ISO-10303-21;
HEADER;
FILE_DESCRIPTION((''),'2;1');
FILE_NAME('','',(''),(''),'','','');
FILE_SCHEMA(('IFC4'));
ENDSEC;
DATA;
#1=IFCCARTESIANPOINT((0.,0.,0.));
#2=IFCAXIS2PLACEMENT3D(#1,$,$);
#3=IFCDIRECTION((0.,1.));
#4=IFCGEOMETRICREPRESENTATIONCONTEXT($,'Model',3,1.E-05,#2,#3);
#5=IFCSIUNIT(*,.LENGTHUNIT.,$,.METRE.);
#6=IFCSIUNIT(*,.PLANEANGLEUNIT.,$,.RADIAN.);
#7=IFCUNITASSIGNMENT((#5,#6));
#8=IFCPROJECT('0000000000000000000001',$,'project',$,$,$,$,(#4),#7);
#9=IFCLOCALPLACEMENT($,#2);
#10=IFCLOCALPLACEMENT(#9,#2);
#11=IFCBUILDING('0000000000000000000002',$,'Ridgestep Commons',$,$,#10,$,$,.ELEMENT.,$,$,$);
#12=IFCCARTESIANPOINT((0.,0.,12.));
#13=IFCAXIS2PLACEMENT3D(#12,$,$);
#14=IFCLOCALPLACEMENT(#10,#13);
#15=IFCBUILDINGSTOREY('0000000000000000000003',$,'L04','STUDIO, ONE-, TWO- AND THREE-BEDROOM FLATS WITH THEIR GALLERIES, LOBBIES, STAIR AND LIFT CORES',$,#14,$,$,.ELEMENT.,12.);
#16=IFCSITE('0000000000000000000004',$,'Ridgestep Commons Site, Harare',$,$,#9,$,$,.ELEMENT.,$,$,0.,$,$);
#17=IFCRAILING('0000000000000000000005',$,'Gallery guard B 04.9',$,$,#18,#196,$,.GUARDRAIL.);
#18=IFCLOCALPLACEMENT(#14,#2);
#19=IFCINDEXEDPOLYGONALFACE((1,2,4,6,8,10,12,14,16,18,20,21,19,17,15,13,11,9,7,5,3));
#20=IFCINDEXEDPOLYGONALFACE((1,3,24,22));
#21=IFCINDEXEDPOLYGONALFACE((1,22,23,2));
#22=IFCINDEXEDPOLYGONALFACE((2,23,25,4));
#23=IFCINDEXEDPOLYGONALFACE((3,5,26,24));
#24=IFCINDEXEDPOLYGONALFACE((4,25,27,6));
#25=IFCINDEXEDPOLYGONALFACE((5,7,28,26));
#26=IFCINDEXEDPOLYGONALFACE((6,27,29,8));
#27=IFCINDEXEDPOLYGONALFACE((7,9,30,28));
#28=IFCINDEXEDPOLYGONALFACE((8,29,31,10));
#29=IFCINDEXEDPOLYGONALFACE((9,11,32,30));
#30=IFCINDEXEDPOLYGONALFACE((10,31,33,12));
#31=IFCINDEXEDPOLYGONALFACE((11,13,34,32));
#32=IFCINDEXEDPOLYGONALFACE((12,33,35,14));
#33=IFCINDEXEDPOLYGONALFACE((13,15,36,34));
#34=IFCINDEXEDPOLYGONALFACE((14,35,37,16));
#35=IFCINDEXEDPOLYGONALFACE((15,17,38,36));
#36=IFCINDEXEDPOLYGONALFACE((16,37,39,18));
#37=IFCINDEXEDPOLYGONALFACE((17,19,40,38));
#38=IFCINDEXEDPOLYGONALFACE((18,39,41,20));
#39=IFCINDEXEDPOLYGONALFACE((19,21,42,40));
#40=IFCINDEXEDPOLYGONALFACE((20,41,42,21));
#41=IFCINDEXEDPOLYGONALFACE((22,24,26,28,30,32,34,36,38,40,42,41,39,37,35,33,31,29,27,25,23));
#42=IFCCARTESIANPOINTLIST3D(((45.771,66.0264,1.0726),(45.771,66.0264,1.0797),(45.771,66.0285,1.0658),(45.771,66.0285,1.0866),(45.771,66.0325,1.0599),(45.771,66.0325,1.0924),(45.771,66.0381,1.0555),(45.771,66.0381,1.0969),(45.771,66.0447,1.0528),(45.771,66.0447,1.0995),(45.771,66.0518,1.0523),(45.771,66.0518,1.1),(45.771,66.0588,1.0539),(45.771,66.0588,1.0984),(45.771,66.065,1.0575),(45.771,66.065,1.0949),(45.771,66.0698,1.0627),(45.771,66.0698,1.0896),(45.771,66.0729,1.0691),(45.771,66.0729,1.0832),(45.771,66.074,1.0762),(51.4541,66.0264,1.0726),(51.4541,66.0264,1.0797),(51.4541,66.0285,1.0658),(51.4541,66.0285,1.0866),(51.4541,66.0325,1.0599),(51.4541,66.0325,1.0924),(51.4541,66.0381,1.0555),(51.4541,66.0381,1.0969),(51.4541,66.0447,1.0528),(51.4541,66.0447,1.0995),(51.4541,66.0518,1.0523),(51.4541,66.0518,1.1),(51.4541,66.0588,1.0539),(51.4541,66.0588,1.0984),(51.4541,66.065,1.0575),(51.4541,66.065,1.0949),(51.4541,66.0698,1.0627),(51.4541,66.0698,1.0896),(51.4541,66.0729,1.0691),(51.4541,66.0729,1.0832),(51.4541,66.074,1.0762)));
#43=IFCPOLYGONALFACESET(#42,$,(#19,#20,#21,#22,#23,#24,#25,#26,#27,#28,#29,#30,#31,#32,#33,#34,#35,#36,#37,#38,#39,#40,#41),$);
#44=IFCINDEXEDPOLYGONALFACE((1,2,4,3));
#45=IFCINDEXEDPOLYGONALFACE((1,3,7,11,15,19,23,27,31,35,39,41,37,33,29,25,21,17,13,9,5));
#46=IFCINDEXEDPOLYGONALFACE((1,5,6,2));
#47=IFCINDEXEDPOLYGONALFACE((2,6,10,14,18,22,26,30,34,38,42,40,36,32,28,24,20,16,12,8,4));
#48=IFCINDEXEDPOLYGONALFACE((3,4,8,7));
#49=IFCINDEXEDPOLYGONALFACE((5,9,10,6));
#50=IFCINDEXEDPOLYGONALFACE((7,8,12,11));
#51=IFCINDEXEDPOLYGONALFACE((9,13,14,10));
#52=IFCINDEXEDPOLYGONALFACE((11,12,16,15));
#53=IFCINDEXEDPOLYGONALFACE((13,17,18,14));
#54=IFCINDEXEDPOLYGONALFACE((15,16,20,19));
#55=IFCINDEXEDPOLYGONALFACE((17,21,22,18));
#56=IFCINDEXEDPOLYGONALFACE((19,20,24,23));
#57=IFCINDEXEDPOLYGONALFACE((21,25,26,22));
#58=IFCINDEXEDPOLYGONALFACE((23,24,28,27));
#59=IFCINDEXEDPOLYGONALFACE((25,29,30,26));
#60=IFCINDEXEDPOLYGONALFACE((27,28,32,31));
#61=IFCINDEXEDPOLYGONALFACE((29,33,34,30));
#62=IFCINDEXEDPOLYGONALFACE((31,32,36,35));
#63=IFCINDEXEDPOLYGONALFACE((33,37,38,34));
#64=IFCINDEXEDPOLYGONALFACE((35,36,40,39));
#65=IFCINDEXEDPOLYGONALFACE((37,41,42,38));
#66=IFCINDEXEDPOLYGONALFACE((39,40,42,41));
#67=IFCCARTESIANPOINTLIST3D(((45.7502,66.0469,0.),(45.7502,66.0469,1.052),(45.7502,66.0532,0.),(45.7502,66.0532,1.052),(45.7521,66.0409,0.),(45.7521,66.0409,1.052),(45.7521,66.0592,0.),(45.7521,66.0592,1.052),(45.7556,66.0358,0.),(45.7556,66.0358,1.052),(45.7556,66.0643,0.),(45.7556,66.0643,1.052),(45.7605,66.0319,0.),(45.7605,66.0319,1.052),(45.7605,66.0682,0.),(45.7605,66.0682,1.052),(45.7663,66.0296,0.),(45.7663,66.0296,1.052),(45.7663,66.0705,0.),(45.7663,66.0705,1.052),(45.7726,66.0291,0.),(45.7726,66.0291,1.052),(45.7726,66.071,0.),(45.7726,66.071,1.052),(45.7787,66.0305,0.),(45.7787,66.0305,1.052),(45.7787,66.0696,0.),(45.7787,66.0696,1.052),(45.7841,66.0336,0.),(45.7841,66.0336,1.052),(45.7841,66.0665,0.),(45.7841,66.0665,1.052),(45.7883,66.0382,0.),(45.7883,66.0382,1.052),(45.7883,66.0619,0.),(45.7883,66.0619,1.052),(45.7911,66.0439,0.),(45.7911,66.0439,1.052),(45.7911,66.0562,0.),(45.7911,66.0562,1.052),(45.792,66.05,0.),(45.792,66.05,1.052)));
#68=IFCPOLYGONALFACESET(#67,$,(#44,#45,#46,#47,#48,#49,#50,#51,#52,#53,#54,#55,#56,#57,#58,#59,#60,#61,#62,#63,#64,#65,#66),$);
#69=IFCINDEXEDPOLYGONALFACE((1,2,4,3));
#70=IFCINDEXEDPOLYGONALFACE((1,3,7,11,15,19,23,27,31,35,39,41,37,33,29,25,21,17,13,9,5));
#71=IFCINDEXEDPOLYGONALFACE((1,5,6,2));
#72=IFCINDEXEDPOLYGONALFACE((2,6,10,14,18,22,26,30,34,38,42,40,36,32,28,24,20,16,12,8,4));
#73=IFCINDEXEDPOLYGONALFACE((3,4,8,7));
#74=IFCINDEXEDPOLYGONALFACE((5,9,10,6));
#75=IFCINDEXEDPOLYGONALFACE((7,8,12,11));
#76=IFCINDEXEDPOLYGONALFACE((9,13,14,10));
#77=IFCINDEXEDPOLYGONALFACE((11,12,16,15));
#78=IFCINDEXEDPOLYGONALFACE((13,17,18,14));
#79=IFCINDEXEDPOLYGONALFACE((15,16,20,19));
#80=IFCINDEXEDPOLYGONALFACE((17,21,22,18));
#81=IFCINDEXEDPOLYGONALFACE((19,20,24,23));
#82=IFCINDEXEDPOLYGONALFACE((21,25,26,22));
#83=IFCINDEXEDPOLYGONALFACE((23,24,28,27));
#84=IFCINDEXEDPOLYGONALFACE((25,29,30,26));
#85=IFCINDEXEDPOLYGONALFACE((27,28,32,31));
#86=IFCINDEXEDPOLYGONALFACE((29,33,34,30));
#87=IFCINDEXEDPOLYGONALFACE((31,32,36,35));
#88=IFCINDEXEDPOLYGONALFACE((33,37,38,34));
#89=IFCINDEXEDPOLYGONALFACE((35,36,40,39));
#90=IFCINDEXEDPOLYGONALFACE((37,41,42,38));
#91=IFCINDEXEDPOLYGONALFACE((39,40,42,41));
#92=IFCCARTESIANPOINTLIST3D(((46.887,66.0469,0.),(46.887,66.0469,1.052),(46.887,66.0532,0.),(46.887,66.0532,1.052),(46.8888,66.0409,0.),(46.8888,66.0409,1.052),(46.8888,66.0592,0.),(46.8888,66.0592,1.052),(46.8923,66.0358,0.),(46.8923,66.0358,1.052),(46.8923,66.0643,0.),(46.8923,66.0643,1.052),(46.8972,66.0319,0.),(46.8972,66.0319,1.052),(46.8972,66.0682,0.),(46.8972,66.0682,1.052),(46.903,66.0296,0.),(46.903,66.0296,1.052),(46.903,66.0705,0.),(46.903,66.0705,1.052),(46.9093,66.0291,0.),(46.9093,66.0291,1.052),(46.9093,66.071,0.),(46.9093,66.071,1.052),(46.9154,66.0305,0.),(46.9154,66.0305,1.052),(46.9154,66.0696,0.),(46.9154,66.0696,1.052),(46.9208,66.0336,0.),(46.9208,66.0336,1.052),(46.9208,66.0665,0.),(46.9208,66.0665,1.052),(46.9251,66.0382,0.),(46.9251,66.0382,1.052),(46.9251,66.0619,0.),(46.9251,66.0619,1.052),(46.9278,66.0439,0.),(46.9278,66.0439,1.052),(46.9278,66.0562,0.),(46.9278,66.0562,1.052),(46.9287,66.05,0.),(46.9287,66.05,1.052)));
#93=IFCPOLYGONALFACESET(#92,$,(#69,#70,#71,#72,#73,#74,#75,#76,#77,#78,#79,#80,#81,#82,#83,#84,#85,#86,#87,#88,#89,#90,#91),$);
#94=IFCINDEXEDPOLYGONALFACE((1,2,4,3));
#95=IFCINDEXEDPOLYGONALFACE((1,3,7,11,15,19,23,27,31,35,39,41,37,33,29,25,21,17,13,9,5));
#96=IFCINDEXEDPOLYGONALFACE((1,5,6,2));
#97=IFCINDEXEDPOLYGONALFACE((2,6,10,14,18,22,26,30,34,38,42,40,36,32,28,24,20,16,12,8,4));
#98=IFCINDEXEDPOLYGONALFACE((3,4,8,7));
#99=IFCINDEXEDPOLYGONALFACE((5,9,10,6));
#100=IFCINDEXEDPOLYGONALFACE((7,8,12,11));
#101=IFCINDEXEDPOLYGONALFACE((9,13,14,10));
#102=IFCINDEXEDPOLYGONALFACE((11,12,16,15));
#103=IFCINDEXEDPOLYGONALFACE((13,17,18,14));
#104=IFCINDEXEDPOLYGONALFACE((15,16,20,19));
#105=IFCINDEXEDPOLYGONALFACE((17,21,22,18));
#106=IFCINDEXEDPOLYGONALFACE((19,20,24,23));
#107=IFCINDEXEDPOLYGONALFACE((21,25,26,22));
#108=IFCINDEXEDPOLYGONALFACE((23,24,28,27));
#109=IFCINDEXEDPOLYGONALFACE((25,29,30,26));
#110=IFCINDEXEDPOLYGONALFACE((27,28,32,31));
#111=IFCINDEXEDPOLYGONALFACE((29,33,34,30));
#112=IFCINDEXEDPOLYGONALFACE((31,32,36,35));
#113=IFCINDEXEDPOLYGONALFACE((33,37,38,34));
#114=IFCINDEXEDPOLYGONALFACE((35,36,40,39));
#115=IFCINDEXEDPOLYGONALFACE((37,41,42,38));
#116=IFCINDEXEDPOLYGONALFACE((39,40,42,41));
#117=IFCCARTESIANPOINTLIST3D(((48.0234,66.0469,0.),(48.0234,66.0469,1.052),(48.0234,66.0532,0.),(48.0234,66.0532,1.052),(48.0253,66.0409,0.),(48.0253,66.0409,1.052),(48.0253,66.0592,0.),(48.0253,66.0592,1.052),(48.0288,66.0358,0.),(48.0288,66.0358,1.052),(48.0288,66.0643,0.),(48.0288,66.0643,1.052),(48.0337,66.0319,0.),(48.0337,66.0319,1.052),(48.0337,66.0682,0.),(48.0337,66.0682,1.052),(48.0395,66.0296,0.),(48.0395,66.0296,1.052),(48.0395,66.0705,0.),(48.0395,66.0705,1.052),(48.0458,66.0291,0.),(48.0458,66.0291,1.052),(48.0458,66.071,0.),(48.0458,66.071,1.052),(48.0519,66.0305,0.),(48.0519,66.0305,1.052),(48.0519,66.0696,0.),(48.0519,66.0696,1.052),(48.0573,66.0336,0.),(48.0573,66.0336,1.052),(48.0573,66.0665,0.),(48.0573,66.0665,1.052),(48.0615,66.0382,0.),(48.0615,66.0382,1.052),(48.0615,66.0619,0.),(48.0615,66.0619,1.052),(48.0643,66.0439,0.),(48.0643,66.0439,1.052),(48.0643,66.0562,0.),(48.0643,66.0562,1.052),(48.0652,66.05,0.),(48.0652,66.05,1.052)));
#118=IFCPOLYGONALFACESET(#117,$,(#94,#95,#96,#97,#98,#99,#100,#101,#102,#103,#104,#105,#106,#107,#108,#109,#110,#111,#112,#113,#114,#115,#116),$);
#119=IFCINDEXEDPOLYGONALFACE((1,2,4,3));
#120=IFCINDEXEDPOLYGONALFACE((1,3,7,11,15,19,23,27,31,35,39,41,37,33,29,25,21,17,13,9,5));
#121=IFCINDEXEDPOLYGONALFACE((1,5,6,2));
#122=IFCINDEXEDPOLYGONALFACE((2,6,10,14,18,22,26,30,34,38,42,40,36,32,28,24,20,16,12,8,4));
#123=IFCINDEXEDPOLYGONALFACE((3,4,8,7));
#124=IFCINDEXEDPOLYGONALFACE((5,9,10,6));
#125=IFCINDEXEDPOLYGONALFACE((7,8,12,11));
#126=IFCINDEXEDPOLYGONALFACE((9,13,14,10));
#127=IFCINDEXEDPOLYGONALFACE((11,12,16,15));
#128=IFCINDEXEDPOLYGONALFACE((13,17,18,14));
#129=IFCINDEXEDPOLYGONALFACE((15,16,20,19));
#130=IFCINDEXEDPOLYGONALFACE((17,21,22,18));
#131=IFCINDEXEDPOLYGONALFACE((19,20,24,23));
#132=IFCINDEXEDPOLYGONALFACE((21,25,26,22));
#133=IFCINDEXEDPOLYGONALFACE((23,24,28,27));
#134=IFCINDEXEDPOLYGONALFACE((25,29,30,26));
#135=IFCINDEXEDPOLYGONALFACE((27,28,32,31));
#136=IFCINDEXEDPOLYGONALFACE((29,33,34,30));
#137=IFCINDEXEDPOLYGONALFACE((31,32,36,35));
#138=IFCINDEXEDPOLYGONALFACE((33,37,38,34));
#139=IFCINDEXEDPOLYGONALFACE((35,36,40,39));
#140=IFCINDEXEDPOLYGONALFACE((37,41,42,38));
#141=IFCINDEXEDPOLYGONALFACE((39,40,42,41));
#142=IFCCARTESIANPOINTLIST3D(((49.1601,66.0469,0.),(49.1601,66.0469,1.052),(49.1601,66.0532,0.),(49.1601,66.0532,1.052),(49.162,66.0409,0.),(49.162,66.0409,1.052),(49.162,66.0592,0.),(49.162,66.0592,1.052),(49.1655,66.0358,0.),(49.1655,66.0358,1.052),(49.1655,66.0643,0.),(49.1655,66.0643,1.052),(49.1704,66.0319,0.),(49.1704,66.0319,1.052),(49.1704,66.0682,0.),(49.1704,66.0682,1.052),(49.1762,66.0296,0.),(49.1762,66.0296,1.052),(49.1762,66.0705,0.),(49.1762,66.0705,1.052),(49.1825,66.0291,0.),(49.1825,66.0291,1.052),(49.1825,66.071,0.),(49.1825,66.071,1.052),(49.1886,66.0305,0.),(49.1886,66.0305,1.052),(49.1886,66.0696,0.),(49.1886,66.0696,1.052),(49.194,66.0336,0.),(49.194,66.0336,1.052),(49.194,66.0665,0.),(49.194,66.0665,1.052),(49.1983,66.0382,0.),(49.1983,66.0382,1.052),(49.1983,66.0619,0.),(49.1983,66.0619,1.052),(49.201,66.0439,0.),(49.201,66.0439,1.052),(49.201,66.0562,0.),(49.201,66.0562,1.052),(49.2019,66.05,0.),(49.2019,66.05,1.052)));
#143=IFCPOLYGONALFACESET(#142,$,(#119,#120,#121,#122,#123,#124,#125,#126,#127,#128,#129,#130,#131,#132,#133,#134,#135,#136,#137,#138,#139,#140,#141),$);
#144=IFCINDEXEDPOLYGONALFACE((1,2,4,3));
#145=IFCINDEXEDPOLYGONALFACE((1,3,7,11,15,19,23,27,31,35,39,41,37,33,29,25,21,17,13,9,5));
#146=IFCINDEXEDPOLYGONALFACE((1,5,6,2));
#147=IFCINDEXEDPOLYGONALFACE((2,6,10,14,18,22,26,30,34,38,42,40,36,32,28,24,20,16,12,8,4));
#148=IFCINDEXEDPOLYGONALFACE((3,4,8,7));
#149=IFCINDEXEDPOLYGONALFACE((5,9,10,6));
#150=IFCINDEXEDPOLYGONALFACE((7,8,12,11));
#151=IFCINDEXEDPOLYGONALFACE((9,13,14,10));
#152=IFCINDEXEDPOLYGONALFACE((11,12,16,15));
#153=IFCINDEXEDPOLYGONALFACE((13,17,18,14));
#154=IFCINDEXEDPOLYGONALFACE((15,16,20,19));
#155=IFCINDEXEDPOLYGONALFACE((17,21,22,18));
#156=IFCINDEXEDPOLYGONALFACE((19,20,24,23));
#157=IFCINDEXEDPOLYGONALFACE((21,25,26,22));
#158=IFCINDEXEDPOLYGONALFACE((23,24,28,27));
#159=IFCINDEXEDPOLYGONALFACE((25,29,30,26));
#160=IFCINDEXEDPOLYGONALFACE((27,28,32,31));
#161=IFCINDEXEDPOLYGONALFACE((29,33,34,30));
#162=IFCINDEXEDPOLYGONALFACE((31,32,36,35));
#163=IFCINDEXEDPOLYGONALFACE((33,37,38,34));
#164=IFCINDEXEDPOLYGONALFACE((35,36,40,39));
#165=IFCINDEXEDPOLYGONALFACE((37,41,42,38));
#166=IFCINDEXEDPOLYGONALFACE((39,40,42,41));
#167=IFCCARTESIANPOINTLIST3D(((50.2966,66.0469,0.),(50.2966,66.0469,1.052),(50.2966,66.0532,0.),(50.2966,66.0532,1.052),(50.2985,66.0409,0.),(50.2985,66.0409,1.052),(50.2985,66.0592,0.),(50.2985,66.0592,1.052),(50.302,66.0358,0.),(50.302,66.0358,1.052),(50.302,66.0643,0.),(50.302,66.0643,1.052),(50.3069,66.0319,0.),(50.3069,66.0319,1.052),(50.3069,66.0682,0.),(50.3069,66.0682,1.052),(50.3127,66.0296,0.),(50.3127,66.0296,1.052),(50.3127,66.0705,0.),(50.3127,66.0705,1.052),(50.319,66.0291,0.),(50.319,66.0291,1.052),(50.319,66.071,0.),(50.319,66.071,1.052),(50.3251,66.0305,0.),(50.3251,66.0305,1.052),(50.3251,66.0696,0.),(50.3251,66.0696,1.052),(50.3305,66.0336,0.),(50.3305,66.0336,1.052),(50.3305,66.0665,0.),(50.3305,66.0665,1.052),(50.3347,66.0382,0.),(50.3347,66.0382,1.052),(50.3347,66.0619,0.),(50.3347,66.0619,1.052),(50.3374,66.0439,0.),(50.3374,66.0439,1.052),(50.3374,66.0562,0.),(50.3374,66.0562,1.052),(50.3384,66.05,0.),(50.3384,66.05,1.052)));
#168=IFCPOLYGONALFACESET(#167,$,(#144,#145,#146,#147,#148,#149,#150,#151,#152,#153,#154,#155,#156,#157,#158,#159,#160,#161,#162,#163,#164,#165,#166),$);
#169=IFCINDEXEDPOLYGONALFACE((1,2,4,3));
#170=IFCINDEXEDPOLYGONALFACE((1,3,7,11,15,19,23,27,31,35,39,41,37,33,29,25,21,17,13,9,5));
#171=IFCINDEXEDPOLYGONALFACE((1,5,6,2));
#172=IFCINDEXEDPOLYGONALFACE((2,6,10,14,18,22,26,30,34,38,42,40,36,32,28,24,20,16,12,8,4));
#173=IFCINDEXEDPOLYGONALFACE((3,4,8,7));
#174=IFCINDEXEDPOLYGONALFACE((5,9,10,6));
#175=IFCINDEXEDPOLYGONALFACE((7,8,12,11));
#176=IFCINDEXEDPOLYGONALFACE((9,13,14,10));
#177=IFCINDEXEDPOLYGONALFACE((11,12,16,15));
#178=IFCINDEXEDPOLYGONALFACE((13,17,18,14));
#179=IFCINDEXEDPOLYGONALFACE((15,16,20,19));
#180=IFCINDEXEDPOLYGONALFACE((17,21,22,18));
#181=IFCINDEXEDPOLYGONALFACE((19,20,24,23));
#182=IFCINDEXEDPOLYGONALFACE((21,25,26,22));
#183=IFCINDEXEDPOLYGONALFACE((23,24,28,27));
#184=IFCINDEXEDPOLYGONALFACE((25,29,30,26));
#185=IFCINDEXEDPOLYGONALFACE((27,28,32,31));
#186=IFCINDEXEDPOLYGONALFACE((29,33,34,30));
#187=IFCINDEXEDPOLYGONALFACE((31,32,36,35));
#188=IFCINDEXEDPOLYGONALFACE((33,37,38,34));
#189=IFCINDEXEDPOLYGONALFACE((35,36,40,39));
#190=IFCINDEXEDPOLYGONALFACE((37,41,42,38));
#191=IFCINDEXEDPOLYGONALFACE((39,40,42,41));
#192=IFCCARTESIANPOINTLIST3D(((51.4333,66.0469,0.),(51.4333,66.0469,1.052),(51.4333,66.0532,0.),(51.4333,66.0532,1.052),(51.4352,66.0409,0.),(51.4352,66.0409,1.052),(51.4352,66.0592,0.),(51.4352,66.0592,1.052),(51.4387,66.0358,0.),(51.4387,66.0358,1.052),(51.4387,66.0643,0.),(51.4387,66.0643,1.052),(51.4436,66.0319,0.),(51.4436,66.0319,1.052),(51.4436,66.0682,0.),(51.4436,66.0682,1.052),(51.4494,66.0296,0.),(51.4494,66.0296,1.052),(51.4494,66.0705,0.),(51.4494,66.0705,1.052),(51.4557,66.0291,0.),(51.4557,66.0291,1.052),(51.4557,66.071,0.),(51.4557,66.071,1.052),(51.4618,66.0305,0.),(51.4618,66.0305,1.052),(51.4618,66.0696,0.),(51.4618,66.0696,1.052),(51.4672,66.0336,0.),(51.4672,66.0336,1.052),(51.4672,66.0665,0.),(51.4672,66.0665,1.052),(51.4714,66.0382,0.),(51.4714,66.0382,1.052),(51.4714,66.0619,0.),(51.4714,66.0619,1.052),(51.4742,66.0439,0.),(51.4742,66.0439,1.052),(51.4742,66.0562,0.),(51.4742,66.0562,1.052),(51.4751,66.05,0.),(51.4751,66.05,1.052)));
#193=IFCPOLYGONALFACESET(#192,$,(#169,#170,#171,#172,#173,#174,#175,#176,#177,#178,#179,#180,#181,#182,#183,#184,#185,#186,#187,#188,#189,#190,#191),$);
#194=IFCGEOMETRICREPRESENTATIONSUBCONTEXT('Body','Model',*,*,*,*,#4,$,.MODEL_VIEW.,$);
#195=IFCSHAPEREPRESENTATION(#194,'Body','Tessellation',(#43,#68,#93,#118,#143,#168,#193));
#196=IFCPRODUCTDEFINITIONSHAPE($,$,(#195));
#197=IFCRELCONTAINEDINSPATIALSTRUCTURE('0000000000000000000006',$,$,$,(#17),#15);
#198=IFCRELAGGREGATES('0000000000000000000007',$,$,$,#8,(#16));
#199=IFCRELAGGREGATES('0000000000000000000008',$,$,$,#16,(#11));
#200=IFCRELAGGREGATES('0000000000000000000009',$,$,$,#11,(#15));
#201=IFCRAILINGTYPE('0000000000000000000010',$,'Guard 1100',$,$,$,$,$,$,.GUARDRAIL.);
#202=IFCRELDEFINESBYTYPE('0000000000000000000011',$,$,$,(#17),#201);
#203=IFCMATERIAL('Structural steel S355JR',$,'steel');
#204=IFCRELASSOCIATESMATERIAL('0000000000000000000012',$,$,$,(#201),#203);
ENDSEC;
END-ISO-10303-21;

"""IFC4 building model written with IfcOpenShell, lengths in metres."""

from ifc_helpers import new_model, si_unit, direction, frame, origin, origin_2d, place, context, subcontext, project, spatial, circle, extrude, material, type_object, element, save


model = new_model("IFC4")

# Units and contexts
model_context = context("Model", 3, precision=1e-05, world=origin(), true_north=direction((0.0, 1.0)))
body_context = subcontext(model_context, "Body", "Model", "MODEL_VIEW")
ifc_project = project(units=[si_unit("LENGTHUNIT", "METRE"), si_unit("PLANEANGLEUNIT", "RADIAN")], contexts=[model_context])

# Site, building, storey
site_placement = place(None, origin())
site = spatial("IfcSite", under=ifc_project, at=site_placement, Name="Ridgestep Commons Site, Harare", CompositionType="ELEMENT", RefElevation=0.0)
building_placement = place(site_placement, origin())
building = spatial("IfcBuilding", under=site, at=building_placement, Name="Ridgestep Commons", CompositionType="ELEMENT")
storey_placement = place(building_placement, frame((0.0, 0.0, 12.0)))
storey = spatial("IfcBuildingStorey", under=building, at=storey_placement, Name="L04", Description="STUDIO, ONE-, TWO- AND THREE-BEDROOM FLATS WITH THEIR GALLERIES, LOBBIES, STAIR AND LIFT CORES", CompositionType="ELEMENT", Elevation=12.0)

# Railing
ifc_material_1 = material(Name="Structural steel S355JR", Category="steel")
railing_type_1 = type_object("IfcRailingType", Name="Guard 1100", PredefinedType="GUARDRAIL", material=ifc_material_1)
railing_1_placement = place(storey_placement, frame((45.771, 66.05, 0.0)))
element("IfcRailing", 1, at=railing_1_placement, inside=storey, type_object=railing_type_1, Name="Gallery guard B 04.9", PredefinedType="GUARDRAIL", context=body_context, shape_type="SweptSolid", body=[
    extrude(circle(Radius=0.0239, at=origin_2d()), frame((0.0, 0.0, 1.0762), z_axis=(1.0, 0.0, 0.0), x_axis=(0.0, 1.0, 0.0)), (0.0, 0.0, 1.0), 5.6831),
    extrude(circle(Radius=0.021, at=origin_2d()), origin(), (0.0, 0.0, 1.0), 1.052),
    extrude(circle(Radius=0.021, at=origin_2d()), frame((1.1367, 0.0, 0.0)), (0.0, 0.0, 1.0), 1.052),
    extrude(circle(Radius=0.021, at=origin_2d()), frame((2.2732, 0.0, 0.0)), (0.0, 0.0, 1.0), 1.052),
    extrude(circle(Radius=0.021, at=origin_2d()), frame((3.4099, 0.0, 0.0)), (0.0, 0.0, 1.0), 1.052),
    extrude(circle(Radius=0.021, at=origin_2d()), frame((4.5464, 0.0, 0.0)), (0.0, 0.0, 1.0), 1.052),
    extrude(circle(Radius=0.021, at=origin_2d()), frame((5.6831, 0.0, 0.0)), (0.0, 0.0, 1.0), 1.052),
])

save(model, "model.ifc")
